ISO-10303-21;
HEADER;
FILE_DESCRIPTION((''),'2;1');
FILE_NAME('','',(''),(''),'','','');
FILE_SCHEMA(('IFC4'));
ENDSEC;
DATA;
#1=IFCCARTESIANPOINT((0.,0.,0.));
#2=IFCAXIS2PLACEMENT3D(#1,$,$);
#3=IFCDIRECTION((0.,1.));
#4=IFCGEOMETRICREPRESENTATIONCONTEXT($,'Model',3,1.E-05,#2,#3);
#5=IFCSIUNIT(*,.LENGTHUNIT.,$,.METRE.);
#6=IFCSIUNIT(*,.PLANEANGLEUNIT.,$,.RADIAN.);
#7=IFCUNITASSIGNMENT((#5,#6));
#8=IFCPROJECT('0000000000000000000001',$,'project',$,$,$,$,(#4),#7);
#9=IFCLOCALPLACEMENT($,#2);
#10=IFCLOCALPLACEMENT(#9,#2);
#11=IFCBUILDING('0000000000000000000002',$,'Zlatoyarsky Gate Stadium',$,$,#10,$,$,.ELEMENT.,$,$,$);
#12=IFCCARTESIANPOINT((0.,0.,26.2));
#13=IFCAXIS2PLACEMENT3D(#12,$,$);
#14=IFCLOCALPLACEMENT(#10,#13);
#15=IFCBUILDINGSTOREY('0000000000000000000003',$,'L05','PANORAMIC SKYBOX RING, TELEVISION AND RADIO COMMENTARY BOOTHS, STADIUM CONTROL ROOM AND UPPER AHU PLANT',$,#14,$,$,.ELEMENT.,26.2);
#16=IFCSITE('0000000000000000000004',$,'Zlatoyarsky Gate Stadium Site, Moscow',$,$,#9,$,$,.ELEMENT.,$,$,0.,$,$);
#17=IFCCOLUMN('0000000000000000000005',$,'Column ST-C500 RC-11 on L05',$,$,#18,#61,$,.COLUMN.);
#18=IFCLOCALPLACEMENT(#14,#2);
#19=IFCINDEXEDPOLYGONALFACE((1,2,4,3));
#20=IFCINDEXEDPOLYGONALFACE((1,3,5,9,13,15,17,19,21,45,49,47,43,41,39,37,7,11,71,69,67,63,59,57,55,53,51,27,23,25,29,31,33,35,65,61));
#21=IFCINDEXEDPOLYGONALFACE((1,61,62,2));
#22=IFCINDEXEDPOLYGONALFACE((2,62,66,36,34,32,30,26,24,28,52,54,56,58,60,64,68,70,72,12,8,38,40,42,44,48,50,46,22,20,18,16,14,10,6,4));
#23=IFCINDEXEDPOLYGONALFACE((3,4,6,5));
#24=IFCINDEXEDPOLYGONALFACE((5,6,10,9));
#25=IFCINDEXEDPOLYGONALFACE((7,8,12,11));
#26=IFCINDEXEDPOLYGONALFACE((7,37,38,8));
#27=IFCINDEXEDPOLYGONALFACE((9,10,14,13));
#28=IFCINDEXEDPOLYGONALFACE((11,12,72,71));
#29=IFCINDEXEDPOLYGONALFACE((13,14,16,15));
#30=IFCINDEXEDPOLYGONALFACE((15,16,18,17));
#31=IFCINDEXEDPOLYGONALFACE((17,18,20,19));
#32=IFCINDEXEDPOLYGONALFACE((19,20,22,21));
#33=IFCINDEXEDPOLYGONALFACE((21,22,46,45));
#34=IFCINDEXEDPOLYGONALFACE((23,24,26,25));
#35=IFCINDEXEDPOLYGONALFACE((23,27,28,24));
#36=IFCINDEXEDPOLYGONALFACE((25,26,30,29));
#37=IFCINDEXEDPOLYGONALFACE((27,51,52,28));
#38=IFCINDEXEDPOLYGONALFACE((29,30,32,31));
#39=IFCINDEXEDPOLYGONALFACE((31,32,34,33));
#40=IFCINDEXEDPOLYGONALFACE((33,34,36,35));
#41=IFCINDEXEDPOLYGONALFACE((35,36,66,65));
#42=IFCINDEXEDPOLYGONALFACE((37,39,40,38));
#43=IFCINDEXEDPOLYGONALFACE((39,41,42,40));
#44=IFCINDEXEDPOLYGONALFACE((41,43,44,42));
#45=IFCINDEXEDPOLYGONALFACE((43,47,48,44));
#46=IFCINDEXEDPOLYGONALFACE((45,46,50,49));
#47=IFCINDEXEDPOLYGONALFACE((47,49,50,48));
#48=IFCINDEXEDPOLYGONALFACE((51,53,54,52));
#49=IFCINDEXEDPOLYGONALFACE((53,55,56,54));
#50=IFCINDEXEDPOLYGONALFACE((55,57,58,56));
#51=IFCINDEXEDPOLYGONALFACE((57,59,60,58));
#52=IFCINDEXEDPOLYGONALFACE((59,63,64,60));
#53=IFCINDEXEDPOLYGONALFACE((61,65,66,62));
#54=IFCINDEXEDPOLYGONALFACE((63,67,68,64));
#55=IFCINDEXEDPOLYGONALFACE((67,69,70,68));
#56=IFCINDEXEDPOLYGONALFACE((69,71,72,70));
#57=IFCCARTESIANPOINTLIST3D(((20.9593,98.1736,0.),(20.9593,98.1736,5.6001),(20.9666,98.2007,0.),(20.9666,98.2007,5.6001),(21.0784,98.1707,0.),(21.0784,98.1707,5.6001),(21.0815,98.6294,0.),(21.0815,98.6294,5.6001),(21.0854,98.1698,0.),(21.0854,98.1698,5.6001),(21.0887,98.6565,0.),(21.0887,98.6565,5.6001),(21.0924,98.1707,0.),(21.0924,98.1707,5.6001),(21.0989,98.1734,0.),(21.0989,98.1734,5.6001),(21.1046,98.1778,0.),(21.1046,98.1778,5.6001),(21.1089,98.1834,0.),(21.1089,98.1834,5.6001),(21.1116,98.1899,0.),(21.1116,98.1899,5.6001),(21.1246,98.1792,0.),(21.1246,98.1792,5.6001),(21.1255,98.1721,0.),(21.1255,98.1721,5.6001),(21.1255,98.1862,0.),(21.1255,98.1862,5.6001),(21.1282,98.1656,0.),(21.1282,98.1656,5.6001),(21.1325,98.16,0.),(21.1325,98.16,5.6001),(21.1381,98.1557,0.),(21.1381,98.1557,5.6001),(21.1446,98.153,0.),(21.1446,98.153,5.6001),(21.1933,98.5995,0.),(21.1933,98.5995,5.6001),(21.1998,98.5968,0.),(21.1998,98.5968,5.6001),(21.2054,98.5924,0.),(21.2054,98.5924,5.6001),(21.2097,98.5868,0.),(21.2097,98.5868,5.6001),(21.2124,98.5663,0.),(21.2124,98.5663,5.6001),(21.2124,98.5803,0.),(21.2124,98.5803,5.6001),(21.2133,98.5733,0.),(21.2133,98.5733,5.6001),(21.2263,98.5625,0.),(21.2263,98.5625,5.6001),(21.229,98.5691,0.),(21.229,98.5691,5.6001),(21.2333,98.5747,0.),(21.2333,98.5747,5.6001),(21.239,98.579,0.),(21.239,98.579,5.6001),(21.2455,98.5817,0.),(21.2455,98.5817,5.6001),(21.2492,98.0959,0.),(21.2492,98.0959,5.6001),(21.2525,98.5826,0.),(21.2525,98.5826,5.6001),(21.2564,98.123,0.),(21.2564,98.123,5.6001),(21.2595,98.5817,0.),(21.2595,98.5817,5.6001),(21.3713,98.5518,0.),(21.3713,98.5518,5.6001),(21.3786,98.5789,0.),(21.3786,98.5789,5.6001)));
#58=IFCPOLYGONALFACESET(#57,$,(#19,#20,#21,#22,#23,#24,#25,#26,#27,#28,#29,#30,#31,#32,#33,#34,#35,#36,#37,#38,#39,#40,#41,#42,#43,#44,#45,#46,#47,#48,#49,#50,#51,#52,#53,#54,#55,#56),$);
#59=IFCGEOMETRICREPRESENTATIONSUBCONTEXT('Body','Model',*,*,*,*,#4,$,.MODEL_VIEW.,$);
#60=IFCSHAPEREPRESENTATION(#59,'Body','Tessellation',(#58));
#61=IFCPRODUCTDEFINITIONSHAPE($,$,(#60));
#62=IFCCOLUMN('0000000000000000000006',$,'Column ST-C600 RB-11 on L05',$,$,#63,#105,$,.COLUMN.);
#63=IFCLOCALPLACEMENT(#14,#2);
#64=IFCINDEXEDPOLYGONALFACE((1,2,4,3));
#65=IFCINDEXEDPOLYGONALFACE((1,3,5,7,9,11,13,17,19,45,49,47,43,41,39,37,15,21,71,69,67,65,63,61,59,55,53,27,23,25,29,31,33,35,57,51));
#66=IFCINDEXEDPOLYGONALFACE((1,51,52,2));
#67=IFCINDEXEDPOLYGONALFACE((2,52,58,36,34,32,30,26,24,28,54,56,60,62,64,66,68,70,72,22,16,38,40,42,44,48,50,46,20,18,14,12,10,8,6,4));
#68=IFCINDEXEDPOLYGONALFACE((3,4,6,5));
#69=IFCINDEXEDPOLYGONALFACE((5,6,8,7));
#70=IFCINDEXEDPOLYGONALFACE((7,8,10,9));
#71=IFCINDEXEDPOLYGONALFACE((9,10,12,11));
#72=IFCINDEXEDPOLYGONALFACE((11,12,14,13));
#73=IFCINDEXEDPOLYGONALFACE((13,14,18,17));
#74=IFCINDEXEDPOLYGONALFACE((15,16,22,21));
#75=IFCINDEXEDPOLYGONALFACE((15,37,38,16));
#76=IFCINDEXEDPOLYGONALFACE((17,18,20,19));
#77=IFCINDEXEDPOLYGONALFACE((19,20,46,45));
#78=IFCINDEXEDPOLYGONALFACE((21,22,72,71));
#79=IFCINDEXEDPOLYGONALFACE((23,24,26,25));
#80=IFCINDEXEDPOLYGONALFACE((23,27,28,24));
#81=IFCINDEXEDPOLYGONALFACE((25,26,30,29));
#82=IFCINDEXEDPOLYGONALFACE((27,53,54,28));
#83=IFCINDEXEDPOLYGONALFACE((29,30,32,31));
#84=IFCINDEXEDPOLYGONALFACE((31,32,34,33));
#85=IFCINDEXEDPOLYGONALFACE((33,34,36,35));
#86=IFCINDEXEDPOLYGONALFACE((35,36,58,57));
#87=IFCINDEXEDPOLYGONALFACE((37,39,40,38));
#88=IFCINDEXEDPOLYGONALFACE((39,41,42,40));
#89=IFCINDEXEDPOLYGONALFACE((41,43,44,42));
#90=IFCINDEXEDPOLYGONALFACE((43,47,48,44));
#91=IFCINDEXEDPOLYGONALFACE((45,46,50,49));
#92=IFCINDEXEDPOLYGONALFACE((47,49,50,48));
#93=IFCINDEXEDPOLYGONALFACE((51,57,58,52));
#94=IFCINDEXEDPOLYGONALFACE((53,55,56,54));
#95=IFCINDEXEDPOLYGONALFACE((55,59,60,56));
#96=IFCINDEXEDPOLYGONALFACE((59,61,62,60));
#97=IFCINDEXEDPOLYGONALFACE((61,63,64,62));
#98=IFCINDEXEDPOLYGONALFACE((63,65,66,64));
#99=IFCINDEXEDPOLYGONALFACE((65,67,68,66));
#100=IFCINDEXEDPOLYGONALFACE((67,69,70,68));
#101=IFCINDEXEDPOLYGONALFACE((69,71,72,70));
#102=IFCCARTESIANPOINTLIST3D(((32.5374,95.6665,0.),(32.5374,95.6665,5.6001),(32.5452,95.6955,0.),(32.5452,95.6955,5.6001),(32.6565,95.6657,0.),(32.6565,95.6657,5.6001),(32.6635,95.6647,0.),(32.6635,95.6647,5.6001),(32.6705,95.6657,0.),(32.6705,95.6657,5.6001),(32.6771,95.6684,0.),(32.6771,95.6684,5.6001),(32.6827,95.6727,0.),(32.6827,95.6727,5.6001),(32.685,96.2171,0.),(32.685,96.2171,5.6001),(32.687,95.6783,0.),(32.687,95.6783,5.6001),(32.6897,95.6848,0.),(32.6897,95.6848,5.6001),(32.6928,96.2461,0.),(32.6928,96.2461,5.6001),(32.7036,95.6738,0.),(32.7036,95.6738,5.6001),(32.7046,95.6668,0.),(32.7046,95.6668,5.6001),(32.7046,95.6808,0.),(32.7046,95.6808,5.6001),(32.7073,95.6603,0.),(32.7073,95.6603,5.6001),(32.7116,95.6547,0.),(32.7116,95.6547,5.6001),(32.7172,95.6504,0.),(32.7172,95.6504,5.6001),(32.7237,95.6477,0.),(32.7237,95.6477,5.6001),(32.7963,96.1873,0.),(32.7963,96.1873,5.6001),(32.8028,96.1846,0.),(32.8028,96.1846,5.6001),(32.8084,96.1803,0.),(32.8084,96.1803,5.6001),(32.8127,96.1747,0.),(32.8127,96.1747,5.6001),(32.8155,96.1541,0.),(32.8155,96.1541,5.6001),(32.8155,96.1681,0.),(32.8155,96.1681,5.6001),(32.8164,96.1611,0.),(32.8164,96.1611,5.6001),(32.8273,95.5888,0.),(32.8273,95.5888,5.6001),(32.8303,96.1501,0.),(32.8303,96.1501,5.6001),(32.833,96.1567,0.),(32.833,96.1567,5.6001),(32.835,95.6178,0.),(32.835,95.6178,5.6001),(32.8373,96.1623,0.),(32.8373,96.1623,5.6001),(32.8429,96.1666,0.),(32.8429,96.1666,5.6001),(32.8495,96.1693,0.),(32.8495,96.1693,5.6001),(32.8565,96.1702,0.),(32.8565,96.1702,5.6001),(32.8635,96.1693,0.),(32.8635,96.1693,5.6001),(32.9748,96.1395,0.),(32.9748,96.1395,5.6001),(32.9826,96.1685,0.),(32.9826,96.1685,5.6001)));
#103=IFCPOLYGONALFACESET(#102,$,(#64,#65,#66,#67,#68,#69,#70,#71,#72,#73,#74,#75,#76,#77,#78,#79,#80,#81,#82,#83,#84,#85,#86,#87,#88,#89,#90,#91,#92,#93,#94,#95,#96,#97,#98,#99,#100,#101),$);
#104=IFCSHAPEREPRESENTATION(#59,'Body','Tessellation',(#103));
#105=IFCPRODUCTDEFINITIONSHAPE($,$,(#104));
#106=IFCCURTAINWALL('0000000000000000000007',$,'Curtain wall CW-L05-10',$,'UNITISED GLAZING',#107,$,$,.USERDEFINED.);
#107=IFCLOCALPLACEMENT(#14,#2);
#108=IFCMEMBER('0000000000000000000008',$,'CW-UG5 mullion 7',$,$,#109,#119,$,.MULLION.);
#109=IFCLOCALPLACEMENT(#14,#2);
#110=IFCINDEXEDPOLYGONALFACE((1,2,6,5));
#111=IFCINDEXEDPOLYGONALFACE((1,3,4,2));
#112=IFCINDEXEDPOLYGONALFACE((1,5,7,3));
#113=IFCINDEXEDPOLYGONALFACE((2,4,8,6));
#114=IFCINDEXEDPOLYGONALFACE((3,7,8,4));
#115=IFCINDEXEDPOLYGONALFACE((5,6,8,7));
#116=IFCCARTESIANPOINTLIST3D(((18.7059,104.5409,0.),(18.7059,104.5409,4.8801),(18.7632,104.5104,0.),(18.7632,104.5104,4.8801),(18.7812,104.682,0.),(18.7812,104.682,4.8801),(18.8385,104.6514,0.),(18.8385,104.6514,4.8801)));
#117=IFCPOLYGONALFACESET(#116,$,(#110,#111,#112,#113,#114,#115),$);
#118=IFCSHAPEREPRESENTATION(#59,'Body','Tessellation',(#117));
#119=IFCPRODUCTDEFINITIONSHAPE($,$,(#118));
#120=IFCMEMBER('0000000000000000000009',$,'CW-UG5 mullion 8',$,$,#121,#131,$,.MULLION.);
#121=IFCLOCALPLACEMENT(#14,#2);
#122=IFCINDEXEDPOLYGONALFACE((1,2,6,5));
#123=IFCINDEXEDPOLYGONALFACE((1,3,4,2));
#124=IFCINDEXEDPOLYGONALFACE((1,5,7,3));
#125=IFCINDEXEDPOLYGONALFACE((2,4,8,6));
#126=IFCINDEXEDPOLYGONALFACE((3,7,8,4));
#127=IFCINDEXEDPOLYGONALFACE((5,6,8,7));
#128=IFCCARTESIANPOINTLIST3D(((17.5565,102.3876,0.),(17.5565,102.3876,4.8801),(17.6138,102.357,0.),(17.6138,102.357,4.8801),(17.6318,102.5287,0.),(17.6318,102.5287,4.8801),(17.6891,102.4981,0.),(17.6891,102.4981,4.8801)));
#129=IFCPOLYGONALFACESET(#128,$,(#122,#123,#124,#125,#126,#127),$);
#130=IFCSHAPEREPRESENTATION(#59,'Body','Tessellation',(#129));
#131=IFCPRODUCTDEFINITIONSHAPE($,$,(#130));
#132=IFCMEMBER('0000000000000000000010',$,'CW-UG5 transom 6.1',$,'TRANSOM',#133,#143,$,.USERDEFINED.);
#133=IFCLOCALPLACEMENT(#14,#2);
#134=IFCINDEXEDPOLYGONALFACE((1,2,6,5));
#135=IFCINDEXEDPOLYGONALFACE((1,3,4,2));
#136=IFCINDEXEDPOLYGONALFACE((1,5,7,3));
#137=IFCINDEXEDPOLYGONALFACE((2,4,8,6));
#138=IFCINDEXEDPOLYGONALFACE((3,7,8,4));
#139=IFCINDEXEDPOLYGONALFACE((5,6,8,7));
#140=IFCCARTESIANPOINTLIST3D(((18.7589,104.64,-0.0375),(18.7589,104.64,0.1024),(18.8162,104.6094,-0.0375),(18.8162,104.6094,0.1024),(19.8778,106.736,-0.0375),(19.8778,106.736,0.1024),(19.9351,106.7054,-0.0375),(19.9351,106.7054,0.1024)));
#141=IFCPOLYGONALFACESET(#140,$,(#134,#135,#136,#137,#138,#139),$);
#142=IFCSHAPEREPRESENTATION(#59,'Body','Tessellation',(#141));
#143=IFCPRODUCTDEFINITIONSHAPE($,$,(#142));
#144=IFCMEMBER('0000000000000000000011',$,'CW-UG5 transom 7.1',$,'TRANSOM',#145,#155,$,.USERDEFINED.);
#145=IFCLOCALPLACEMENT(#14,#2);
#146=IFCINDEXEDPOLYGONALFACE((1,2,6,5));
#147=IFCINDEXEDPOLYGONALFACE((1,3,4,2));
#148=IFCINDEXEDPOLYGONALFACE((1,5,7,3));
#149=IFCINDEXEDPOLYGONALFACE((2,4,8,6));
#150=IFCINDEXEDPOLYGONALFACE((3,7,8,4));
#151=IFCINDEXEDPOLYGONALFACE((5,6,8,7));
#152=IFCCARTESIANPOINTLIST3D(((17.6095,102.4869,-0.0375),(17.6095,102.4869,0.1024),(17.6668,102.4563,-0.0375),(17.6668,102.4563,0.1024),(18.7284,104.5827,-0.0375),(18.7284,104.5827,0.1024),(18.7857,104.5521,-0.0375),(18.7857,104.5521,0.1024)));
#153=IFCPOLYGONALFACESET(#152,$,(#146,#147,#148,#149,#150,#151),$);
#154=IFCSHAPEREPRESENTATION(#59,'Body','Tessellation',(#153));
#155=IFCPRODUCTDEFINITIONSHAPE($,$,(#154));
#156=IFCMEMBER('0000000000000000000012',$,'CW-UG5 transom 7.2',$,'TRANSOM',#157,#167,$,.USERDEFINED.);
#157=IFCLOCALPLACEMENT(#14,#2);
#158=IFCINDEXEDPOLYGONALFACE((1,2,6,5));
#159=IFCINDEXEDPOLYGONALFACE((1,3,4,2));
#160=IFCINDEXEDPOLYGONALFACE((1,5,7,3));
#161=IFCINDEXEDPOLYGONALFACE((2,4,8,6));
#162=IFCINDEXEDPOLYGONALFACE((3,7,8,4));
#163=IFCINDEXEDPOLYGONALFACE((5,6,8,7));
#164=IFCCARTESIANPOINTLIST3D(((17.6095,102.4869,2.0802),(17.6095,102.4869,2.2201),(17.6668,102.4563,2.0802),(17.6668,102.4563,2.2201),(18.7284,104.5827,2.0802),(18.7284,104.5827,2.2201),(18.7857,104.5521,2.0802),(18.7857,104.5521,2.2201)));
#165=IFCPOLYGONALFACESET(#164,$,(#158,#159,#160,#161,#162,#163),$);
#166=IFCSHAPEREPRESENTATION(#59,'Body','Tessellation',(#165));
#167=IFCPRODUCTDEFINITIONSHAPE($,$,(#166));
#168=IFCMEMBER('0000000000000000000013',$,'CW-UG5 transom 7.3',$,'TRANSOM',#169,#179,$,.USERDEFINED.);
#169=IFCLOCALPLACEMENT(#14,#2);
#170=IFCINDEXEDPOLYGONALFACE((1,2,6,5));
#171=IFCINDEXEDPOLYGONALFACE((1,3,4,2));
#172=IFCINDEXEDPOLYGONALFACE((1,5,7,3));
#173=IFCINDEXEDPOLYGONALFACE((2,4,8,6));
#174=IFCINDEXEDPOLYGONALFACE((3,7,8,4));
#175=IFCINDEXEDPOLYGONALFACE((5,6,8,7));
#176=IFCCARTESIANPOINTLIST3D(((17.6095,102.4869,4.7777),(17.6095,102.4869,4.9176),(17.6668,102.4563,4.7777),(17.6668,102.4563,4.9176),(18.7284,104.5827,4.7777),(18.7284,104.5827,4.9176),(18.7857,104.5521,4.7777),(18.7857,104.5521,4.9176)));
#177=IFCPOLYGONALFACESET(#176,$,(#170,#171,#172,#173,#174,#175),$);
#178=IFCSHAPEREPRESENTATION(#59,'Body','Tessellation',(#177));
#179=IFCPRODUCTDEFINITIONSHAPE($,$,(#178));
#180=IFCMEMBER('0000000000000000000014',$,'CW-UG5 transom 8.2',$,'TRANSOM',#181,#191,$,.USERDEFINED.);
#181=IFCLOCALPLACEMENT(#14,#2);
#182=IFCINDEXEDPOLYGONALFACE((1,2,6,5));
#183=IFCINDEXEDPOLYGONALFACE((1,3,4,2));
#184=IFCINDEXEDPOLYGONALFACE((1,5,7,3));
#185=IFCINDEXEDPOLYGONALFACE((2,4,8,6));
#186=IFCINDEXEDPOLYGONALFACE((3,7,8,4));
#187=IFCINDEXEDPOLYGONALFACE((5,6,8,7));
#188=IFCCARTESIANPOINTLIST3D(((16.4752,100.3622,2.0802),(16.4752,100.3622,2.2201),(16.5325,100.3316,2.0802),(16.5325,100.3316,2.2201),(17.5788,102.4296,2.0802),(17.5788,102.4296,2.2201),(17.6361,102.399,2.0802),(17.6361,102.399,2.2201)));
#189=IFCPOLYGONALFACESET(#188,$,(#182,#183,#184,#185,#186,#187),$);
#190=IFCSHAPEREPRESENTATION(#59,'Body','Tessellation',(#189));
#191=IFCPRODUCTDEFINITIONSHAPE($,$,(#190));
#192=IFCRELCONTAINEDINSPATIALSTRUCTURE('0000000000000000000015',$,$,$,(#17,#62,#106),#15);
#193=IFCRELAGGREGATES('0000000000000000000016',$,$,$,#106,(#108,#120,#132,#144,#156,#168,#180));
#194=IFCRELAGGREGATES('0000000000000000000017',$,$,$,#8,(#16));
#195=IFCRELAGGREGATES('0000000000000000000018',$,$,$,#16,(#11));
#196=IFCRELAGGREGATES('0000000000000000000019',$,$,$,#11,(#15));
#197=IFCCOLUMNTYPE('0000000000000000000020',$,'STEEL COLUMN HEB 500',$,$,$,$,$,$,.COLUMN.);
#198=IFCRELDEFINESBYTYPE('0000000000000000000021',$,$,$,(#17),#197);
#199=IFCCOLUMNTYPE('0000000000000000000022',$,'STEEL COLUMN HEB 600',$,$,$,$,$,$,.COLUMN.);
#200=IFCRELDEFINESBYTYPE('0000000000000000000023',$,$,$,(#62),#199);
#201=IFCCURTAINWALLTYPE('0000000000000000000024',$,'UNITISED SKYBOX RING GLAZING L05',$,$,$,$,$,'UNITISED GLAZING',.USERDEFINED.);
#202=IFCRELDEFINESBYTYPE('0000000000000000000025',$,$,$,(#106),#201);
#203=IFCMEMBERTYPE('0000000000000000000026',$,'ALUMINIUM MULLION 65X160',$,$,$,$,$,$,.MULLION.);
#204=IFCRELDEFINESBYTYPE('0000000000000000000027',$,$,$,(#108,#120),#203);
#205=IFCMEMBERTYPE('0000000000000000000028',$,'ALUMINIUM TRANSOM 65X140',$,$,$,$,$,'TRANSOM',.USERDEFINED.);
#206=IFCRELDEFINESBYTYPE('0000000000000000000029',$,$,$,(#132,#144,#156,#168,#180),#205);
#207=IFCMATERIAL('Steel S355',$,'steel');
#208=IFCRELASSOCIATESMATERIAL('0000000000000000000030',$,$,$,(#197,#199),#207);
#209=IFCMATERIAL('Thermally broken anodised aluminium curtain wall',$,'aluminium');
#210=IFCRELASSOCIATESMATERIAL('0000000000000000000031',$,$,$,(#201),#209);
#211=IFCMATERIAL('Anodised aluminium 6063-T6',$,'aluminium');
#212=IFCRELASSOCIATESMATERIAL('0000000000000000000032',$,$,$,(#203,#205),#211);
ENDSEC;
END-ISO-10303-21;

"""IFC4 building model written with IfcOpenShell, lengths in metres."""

from ifc_helpers import new_model, si_unit, direction, frame, origin, origin_2d, place, context, subcontext, project, spatial, rectangle, i_section, extrude, material, material_profile, profile_set, type_object, element, aggregate, save


model = new_model("IFC4")

# Units and contexts
model_context = context("Model", 3, precision=1e-05, world=origin(), true_north=direction((0.0, 1.0)))
body_context = subcontext(model_context, "Body", "Model", "MODEL_VIEW")
ifc_project = project(units=[si_unit("LENGTHUNIT", "METRE"), si_unit("PLANEANGLEUNIT", "RADIAN")], contexts=[model_context])

# Site, building, storey
site_placement = place(None, origin())
site = spatial("IfcSite", under=ifc_project, at=site_placement, Name="Zlatoyarsky Gate Stadium Site, Moscow", CompositionType="ELEMENT", RefElevation=0.0)
building_placement = place(site_placement, origin())
building = spatial("IfcBuilding", under=site, at=building_placement, Name="Zlatoyarsky Gate Stadium", CompositionType="ELEMENT")
storey_placement = place(building_placement, frame((0.0, 0.0, 26.2)))
storey = spatial("IfcBuildingStorey", under=building, at=storey_placement, Name="L05", Description="PANORAMIC SKYBOX RING, TELEVISION AND RADIO COMMENTARY BOOTHS, STADIUM CONTROL ROOM AND UPPER AHU PLANT", CompositionType="ELEMENT", Elevation=26.2)

# Columns
ifc_material_1 = material(Name="Steel S355", Category="steel")
ifc_material_profile_1 = material_profile(ifc_material_1, i_section(OverallWidth=0.3, OverallDepth=0.5, WebThickness=0.0144, FlangeThickness=0.0281, FilletRadius=0.0271, at=origin_2d()), Name="HEB 500")
ifc_profile_set_1 = profile_set([ifc_material_profile_1], Name="Steel S355")
column_type_1 = type_object("IfcColumnType", Name="STEEL COLUMN HEB 500", PredefinedType="COLUMN", material=ifc_profile_set_1)
column_1_placement = place(storey_placement, frame((21.1689, 98.3762, 0.0), z_axis=(0.0, 0.0, 1.0), x_axis=(-0.965926, 0.258819, 0.0)))
element("IfcColumn", 1, at=column_1_placement, inside=storey, type_object=column_type_1, Name="Column ST-C500 RC-11 on L05", PredefinedType="COLUMN", context=body_context, shape_type="SweptSolid", body=[
    extrude(i_section(OverallWidth=0.3, OverallDepth=0.5, WebThickness=0.0144, FlangeThickness=0.0281, FilletRadius=0.0271, at=origin_2d()), origin(), (0.0, 0.0, 1.0), 5.6001),
])
ifc_material_profile_2 = material_profile(ifc_material_1, i_section(OverallWidth=0.3, OverallDepth=0.6001, WebThickness=0.0154, FlangeThickness=0.03, FilletRadius=0.0271, at=origin_2d()), Name="HEB 600")
ifc_profile_set_2 = profile_set([ifc_material_profile_2], Name="Steel S355")
column_type_2 = type_object("IfcColumnType", Name="STEEL COLUMN HEB 600", PredefinedType="COLUMN", material=ifc_profile_set_2)
column_2_placement = place(storey_placement, frame((32.76, 95.9175, 0.0), z_axis=(0.0, 0.0, 1.0), x_axis=(-0.965926, 0.258819, 0.0)))
element("IfcColumn", 2, at=column_2_placement, inside=storey, type_object=column_type_2, Name="Column ST-C600 RB-11 on L05", PredefinedType="COLUMN", context=body_context, shape_type="SweptSolid", body=[
    extrude(i_section(OverallWidth=0.3, OverallDepth=0.6001, WebThickness=0.0154, FlangeThickness=0.03, FilletRadius=0.0271, at=origin_2d()), origin(), (0.0, 0.0, 1.0), 5.6001),
])

# Curtain wall, members
ifc_material_2 = material(Name="Thermally broken anodised aluminium curtain wall", Category="aluminium")
curtain_wall_type = type_object("IfcCurtainWallType", Name="UNITISED SKYBOX RING GLAZING L05", ElementType="UNITISED GLAZING", PredefinedType="USERDEFINED", material=ifc_material_2)
curtain_wall_placement = place(storey_placement, origin())
curtain_wall = element("IfcCurtainWall", 3, at=curtain_wall_placement, inside=storey, type_object=curtain_wall_type, Name="Curtain wall CW-L05-10", ObjectType="UNITISED GLAZING", PredefinedType="USERDEFINED")
ifc_material_3 = material(Name="Anodised aluminium 6063-T6", Category="aluminium")
ifc_material_profile_3 = material_profile(ifc_material_3, rectangle(XDim=0.0649, YDim=0.1599, at=origin_2d()), Name="ALU 65X160")
ifc_profile_set_3 = profile_set([ifc_material_profile_3], Name="Anodised aluminium 6063-T6")
member_type_1 = type_object("IfcMemberType", Name="ALUMINIUM MULLION 65X160", PredefinedType="MULLION", material=ifc_profile_set_3)
member_1_placement = place(storey_placement, frame((18.7722, 104.5962, 0.0), z_axis=(0.0, 0.0, 1.0), x_axis=(0.882167, -0.470937, 0.0)))
member_1 = element("IfcMember", 4, at=member_1_placement, type_object=member_type_1, Name="CW-UG5 mullion 7", PredefinedType="MULLION", context=body_context, shape_type="SweptSolid", body=[
    extrude(rectangle(XDim=0.0649, YDim=0.1599, at=origin_2d()), origin(), (0.0, 0.0, 1.0), 4.8801),
])
member_2_placement = place(storey_placement, frame((17.6228, 102.4429, 0.0), z_axis=(0.0, 0.0, 1.0), x_axis=(0.882167, -0.470937, 0.0)))
member_2 = element("IfcMember", 5, at=member_2_placement, type_object=member_type_1, Name="CW-UG5 mullion 8", PredefinedType="MULLION", context=body_context, shape_type="SweptSolid", body=[
    extrude(rectangle(XDim=0.0649, YDim=0.1599, at=origin_2d()), origin(), (0.0, 0.0, 1.0), 4.8801),
])
ifc_material_profile_4 = material_profile(ifc_material_3, rectangle(XDim=0.0649, YDim=0.1399, at=origin_2d()), Name="ALU 65X140")
ifc_profile_set_4 = profile_set([ifc_material_profile_4], Name="Anodised aluminium 6063-T6")
member_type_2 = type_object("IfcMemberType", Name="ALUMINIUM TRANSOM 65X140", ElementType="TRANSOM", PredefinedType="USERDEFINED", material=ifc_profile_set_4)
member_3_placement = place(storey_placement, frame((19.9065, 106.7207, 0.0325), z_axis=(-0.470935, -0.882168, 0.0), x_axis=(0.882168, -0.470935, 0.0)))
member_3 = element("IfcMember", 6, at=member_3_placement, type_object=member_type_2, Name="CW-UG5 transom 6.1", ObjectType="TRANSOM", PredefinedType="USERDEFINED", context=body_context, shape_type="SweptSolid", body=[
    extrude(rectangle(XDim=0.0649, YDim=0.1399, at=origin_2d()), origin(), (0.0, 0.0, 1.0), 2.376),
])
member_4_placement = place(storey_placement, frame((18.7571, 104.5674, 0.0325), z_axis=(-0.470978, -0.882145, 0.0), x_axis=(0.882145, -0.470978, 0.0)))
member_4 = element("IfcMember", 7, at=member_4_placement, type_object=member_type_2, Name="CW-UG5 transom 7.1", ObjectType="TRANSOM", PredefinedType="USERDEFINED", context=body_context, shape_type="SweptSolid", body=[
    extrude(rectangle(XDim=0.0649, YDim=0.1399, at=origin_2d()), origin(), (0.0, 0.0, 1.0), 2.3757),
])
member_5_placement = place(storey_placement, frame((18.7571, 104.5674, 2.1501), z_axis=(-0.470978, -0.882145, 0.0), x_axis=(0.882145, -0.470978, 0.0)))
member_5 = element("IfcMember", 8, at=member_5_placement, type_object=member_type_2, Name="CW-UG5 transom 7.2", ObjectType="TRANSOM", PredefinedType="USERDEFINED", context=body_context, shape_type="SweptSolid", body=[
    extrude(rectangle(XDim=0.0649, YDim=0.1399, at=origin_2d()), origin(), (0.0, 0.0, 1.0), 2.3757),
])
member_6_placement = place(storey_placement, frame((18.7571, 104.5674, 4.8477), z_axis=(-0.470978, -0.882145, 0.0), x_axis=(0.882145, -0.470978, 0.0)))
member_6 = element("IfcMember", 9, at=member_6_placement, type_object=member_type_2, Name="CW-UG5 transom 7.3", ObjectType="TRANSOM", PredefinedType="USERDEFINED", context=body_context, shape_type="SweptSolid", body=[
    extrude(rectangle(XDim=0.0649, YDim=0.1399, at=origin_2d()), origin(), (0.0, 0.0, 1.0), 2.3757),
])
member_7_placement = place(storey_placement, frame((17.6074, 102.4143, 2.1501), z_axis=(-0.470891, -0.882191, 0.0), x_axis=(0.882191, -0.470891, 0.0)))
member_7 = element("IfcMember", 10, at=member_7_placement, type_object=member_type_2, Name="CW-UG5 transom 8.2", ObjectType="TRANSOM", PredefinedType="USERDEFINED", context=body_context, shape_type="SweptSolid", body=[
    extrude(rectangle(XDim=0.0649, YDim=0.1399, at=origin_2d()), origin(), (0.0, 0.0, 1.0), 2.3435),
])

aggregate(curtain_wall, [member_1, member_2, member_3, member_4, member_5, member_6, member_7])

save(model, "model.ifc")
